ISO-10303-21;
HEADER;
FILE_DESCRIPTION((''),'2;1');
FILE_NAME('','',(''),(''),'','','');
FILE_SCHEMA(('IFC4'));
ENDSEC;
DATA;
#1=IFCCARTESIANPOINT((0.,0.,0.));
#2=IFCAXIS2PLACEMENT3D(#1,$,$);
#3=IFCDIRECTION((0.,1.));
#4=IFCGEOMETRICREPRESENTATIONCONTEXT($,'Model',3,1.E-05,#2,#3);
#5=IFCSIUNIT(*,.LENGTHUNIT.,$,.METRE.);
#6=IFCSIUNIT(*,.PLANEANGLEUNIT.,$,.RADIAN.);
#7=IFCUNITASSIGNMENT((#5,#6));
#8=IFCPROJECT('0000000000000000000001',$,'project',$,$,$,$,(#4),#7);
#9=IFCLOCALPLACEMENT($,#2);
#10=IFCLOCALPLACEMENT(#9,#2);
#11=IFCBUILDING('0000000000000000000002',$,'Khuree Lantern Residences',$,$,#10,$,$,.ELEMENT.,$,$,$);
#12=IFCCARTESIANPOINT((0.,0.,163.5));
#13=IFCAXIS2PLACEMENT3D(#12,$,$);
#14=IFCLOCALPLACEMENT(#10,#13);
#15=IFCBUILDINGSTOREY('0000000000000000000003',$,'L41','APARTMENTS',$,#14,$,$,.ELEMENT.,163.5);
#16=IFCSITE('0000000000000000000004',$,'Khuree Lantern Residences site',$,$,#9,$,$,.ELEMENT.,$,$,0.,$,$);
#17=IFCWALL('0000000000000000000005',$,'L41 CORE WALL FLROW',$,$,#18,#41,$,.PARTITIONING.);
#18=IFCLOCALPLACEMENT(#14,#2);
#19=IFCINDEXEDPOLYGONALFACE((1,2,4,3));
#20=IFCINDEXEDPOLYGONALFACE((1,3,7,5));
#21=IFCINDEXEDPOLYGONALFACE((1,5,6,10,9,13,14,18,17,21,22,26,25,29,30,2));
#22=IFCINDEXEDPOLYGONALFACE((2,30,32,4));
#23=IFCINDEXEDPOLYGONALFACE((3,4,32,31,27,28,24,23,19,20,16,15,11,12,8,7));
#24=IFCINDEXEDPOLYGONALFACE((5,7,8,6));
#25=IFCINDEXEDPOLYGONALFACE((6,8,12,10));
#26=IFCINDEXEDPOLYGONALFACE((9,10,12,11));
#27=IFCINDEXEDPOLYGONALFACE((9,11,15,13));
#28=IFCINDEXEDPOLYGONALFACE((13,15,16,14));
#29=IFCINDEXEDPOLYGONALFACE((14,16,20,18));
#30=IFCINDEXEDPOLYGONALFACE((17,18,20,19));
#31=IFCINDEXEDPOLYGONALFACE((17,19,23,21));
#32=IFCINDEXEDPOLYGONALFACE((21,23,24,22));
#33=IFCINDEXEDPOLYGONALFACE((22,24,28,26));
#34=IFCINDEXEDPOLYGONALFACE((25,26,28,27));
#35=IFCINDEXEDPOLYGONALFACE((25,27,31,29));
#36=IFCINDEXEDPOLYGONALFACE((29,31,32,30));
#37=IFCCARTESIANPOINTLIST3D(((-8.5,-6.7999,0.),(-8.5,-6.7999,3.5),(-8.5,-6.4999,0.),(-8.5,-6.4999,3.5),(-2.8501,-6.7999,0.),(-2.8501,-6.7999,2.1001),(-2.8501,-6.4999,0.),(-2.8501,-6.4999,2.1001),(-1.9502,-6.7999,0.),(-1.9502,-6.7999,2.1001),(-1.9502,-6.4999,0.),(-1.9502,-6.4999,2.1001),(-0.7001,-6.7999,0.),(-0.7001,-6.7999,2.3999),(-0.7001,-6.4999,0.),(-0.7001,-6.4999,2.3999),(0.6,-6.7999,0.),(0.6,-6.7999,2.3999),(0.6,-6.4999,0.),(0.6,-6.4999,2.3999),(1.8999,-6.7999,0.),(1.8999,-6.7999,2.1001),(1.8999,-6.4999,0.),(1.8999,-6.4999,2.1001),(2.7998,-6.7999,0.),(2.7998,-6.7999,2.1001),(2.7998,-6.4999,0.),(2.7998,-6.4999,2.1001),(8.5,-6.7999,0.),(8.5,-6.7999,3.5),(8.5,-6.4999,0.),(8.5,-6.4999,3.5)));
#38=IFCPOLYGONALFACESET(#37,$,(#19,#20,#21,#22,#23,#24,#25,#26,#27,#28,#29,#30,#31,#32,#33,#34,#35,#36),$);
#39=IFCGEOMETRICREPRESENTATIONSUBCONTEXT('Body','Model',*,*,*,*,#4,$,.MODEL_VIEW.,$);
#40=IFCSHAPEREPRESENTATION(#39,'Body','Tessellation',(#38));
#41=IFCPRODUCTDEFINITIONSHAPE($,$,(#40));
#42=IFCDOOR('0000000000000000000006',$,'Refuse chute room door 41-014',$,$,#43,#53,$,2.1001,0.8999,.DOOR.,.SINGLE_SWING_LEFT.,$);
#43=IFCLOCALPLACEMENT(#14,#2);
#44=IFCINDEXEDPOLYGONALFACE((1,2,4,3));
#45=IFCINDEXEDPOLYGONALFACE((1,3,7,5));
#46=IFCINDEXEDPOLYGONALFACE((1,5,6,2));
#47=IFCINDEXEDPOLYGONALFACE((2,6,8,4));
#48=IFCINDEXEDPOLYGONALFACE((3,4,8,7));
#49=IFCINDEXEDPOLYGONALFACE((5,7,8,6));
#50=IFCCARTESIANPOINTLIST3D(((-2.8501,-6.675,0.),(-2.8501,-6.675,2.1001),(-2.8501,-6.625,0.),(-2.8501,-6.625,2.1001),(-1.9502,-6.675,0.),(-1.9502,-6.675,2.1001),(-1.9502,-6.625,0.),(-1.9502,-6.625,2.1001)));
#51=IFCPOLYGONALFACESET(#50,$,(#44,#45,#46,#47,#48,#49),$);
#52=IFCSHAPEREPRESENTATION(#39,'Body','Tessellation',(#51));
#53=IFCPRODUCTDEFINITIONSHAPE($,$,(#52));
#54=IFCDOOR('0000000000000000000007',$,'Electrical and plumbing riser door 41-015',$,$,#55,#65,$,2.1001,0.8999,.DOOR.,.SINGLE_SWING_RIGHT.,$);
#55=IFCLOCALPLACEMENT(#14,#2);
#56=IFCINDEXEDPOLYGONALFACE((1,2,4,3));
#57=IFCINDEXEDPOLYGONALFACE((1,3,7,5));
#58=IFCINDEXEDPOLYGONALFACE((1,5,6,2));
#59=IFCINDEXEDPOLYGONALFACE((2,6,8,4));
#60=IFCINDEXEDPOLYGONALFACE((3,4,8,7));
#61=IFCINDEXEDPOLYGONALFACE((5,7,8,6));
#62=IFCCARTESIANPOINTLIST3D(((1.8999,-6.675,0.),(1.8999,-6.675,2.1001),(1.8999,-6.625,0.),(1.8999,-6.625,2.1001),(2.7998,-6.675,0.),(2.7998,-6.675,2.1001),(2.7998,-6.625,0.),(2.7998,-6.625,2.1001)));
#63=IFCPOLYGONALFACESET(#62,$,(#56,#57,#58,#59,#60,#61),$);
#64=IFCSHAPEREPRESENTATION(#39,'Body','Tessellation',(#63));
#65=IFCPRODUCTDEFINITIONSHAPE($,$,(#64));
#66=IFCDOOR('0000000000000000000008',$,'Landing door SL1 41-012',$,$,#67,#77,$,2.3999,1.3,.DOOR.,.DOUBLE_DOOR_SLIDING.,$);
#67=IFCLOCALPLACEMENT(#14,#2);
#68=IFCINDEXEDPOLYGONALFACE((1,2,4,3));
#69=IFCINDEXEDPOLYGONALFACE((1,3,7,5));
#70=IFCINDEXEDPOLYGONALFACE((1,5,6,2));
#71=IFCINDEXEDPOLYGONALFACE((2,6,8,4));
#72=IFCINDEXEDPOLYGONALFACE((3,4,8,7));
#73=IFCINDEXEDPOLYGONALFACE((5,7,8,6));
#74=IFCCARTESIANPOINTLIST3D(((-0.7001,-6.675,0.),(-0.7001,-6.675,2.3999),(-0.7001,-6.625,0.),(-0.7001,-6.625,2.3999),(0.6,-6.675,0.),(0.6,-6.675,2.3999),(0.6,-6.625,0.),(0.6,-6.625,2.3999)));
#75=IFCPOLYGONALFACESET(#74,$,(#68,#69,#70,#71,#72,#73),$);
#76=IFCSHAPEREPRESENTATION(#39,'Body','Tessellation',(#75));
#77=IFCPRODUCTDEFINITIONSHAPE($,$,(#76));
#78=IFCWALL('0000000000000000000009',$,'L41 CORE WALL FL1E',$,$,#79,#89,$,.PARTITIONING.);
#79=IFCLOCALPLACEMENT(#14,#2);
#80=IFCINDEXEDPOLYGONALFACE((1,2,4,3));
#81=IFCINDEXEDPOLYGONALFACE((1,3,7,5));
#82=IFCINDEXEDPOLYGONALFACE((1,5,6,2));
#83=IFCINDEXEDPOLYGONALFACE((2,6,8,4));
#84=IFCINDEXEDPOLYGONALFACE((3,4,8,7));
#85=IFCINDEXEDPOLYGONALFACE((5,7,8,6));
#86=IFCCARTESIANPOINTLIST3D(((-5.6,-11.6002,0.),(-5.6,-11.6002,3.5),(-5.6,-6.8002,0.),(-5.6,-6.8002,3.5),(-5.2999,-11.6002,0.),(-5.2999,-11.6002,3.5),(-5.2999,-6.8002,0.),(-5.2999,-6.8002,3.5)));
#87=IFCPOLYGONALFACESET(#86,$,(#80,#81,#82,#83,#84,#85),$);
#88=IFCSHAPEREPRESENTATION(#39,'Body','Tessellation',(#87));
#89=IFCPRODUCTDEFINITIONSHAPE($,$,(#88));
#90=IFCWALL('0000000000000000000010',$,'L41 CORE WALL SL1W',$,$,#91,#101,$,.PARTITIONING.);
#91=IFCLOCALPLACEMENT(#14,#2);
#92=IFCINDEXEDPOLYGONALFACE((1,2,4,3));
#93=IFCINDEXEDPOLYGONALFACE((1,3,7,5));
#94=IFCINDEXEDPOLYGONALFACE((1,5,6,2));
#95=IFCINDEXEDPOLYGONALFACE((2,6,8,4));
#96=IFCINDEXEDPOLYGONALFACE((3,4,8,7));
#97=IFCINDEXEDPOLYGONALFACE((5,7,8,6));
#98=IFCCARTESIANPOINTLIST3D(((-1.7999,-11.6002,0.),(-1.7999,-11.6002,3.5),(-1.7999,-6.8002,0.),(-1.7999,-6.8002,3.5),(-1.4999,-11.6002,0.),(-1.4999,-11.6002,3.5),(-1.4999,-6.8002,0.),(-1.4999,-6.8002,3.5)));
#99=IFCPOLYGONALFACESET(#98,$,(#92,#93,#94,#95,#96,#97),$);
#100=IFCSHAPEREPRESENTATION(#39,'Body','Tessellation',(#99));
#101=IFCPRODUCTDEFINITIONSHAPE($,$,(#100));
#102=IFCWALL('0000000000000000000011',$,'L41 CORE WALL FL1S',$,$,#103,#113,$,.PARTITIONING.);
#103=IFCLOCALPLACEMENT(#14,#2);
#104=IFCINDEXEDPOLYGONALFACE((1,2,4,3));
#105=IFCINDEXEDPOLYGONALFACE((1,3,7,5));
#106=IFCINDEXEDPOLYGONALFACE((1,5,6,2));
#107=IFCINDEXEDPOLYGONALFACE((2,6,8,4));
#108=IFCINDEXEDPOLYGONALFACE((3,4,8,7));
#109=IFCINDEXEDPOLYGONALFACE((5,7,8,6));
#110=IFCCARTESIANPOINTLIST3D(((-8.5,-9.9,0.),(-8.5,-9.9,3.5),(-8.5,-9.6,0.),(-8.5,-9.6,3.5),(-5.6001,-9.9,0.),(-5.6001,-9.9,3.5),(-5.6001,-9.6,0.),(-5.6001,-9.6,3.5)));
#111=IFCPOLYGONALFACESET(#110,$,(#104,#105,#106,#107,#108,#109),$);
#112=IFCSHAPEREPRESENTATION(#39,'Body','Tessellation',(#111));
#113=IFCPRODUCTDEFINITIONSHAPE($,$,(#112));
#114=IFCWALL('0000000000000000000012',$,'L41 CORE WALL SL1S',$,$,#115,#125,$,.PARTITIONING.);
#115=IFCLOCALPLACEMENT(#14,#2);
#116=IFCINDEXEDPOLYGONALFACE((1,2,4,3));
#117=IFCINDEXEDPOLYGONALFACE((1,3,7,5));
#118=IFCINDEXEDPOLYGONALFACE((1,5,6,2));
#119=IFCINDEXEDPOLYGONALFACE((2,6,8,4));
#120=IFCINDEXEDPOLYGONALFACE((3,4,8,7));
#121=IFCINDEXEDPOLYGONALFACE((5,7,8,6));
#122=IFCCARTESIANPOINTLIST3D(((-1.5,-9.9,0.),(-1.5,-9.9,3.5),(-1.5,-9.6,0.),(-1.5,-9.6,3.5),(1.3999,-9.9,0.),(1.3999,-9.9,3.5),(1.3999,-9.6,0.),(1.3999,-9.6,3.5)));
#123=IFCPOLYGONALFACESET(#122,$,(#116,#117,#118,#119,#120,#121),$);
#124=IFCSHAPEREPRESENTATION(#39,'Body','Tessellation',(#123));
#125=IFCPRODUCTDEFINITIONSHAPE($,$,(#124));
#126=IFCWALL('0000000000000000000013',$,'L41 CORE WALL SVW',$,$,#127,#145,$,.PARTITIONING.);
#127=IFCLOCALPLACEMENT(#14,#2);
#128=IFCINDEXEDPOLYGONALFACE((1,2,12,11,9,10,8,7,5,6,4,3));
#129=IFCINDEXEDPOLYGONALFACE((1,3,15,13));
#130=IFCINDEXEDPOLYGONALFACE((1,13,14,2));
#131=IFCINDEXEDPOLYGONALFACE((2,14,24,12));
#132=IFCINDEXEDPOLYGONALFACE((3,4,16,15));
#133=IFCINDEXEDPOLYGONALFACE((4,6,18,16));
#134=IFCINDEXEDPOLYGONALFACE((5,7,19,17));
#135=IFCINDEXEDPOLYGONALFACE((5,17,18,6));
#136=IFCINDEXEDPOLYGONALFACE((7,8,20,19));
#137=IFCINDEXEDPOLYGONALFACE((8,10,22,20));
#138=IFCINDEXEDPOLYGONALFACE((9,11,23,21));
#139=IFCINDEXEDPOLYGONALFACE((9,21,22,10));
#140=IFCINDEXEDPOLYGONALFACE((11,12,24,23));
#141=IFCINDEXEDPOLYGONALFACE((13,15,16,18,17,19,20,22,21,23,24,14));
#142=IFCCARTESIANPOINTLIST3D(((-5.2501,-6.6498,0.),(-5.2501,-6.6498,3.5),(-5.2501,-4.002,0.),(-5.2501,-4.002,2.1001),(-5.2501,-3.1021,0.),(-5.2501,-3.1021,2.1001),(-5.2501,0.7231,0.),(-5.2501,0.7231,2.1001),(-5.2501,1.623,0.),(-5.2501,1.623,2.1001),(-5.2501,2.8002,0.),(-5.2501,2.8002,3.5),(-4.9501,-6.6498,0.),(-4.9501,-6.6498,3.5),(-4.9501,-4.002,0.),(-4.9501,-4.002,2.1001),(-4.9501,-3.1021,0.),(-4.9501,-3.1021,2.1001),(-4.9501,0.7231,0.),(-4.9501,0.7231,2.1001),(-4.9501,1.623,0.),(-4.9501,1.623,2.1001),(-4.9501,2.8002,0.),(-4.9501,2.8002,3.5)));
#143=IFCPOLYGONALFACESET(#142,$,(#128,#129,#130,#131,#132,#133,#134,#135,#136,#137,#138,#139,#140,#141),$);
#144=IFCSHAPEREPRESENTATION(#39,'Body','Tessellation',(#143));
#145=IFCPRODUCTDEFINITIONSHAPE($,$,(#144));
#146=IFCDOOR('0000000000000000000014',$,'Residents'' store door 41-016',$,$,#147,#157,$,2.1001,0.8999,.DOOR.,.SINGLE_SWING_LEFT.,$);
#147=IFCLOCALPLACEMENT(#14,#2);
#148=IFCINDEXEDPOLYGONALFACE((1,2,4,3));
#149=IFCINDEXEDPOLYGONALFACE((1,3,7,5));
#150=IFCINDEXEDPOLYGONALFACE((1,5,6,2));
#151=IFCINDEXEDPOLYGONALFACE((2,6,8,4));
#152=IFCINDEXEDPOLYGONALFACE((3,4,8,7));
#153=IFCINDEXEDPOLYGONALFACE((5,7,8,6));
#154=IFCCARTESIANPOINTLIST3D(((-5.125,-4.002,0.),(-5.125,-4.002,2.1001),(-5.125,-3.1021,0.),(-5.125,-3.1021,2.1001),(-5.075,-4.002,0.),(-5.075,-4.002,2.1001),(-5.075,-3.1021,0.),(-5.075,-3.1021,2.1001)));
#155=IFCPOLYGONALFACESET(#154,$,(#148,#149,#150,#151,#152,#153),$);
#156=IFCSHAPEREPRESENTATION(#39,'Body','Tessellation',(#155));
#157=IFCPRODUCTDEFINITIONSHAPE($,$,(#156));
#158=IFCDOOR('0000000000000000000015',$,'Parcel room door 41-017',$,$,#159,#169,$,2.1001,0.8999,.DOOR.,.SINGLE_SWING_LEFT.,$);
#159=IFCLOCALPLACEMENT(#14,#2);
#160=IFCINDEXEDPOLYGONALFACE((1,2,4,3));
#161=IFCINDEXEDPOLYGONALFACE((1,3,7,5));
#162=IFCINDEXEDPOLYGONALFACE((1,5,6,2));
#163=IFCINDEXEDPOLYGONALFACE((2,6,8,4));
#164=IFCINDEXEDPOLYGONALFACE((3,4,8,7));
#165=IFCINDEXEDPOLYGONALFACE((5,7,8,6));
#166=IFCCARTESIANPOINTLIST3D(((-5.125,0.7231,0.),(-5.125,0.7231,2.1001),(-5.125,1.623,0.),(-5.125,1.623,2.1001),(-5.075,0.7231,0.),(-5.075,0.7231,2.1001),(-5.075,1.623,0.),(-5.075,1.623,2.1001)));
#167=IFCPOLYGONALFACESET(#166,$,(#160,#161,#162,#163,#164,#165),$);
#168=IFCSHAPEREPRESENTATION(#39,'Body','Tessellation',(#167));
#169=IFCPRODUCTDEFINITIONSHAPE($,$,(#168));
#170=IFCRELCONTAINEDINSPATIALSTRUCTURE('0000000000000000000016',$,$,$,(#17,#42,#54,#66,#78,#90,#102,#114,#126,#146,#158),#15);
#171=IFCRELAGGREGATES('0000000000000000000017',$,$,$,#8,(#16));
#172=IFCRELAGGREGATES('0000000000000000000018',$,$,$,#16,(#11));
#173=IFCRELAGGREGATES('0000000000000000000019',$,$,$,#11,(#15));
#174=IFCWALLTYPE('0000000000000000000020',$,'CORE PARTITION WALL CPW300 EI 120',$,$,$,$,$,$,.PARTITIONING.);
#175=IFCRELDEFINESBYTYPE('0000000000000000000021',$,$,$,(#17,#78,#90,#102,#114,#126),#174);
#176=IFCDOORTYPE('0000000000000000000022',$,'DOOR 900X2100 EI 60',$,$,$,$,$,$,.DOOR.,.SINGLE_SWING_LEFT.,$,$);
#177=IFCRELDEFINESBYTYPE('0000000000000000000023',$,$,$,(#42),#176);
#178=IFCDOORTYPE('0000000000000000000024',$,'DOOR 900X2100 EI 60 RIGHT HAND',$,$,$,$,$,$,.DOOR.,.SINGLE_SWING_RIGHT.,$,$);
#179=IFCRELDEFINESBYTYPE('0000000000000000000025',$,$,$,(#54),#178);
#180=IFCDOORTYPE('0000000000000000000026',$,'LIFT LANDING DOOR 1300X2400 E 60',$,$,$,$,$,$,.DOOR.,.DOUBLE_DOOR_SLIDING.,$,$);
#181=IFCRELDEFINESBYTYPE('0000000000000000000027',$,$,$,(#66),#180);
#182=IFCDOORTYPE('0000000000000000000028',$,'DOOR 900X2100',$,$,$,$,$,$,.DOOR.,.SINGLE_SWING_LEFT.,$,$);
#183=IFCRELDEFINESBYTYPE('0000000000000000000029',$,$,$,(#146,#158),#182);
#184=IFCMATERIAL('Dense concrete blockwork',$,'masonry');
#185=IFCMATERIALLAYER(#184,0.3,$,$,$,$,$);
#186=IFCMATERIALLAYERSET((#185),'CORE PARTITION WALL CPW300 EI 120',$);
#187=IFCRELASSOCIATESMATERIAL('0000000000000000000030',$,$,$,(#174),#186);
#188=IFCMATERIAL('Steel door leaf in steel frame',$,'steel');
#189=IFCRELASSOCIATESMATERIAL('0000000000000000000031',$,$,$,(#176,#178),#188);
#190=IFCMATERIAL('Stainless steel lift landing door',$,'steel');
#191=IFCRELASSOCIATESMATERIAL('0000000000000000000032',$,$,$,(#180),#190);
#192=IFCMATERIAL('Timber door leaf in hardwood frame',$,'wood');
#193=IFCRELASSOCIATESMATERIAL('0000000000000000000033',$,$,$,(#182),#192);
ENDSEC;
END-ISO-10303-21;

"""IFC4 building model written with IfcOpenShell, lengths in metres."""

from ifc_helpers import new_model, si_unit, direction, frame, frame_2d, origin, place, context, subcontext, project, spatial, rectangle, extrude, material, layer, layer_set, type_object, element, fill, save


model = new_model("IFC4")

# Units and contexts
model_context = context("Model", 3, precision=1e-05, world=origin(), true_north=direction((0.0, 1.0)))
body_context = subcontext(model_context, "Body", "Model", "MODEL_VIEW")
ifc_project = project(units=[si_unit("LENGTHUNIT", "METRE"), si_unit("PLANEANGLEUNIT", "RADIAN")], contexts=[model_context])

# Site, building, storey
site_placement = place(None, origin())
site = spatial("IfcSite", under=ifc_project, at=site_placement, Name="Khuree Lantern Residences site", CompositionType="ELEMENT", RefElevation=0.0)
building_placement = place(site_placement, origin())
building = spatial("IfcBuilding", under=site, at=building_placement, Name="Khuree Lantern Residences", CompositionType="ELEMENT")
storey_placement = place(building_placement, frame((0.0, 0.0, 163.5)))
storey = spatial("IfcBuildingStorey", under=building, at=storey_placement, Name="L41", Description="APARTMENTS", CompositionType="ELEMENT", Elevation=163.5)

# Wall, openings, doors
ifc_material_1 = material(Name="Dense concrete blockwork", Category="masonry")
ifc_layer_1 = layer(ifc_material_1, 0.3)
ifc_layer_set_1 = layer_set([ifc_layer_1], Name="CORE PARTITION WALL CPW300 EI 120")
wall_type_1 = type_object("IfcWallType", Name="CORE PARTITION WALL CPW300 EI 120", PredefinedType="PARTITIONING", material=ifc_layer_set_1)
wall_1_placement = place(storey_placement, frame((-8.5, -6.6499, 0.0), z_axis=(0.0, 0.0, 1.0), x_axis=(1.0, 0.0, 0.0)))
wall_1 = element("IfcWall", 1, at=wall_1_placement, inside=storey, type_object=wall_type_1, Name="L41 CORE WALL FLROW", PredefinedType="PARTITIONING", context=body_context, shape_type="SweptSolid", body=[
    extrude(rectangle(XDim=17.0, YDim=0.3, at=frame_2d((8.5, 0.0))), origin(), (0.0, 0.0, 1.0), 3.5),
])
opening_1_placement = place(wall_1_placement, frame((7.8, 0.0, 0.0)))
opening_1 = element("IfcOpeningElement", 2, at=opening_1_placement, cuts=wall_1, PredefinedType="OPENING", context=body_context, shape_type="SweptSolid", body=[
    extrude(rectangle(XDim=1.3, YDim=2.3999, at=frame_2d((0.6499, 1.2))), frame((0.0, 0.1602, 0.0), z_axis=(0.0, -1.0, 0.0), x_axis=(1.0, 0.0, 0.0)), (0.0, 0.0, 1.0), 0.3201),
])
opening_2_placement = place(wall_1_placement, frame((5.6499, 0.0, 0.0)))
opening_2 = element("IfcOpeningElement", 3, at=opening_2_placement, cuts=wall_1, PredefinedType="OPENING", context=body_context, shape_type="SweptSolid", body=[
    extrude(rectangle(XDim=0.8999, YDim=2.1001, at=frame_2d((0.45, 1.05))), frame((0.0, 0.1602, 0.0), z_axis=(0.0, -1.0, 0.0), x_axis=(1.0, 0.0, 0.0)), (0.0, 0.0, 1.0), 0.3201),
])
opening_3_placement = place(wall_1_placement, frame((10.3999, 0.0, 0.0)))
opening_3 = element("IfcOpeningElement", 4, at=opening_3_placement, cuts=wall_1, PredefinedType="OPENING", context=body_context, shape_type="SweptSolid", body=[
    extrude(rectangle(XDim=0.8999, YDim=2.1001, at=frame_2d((0.45, 1.05))), frame((0.0, 0.1602, 0.0), z_axis=(0.0, -1.0, 0.0), x_axis=(1.0, 0.0, 0.0)), (0.0, 0.0, 1.0), 0.3201),
])
ifc_material_2 = material(Name="Steel door leaf in steel frame", Category="steel")
door_type_1 = type_object("IfcDoorType", Name="DOOR 900X2100 EI 60", OperationType="SINGLE_SWING_LEFT", PredefinedType="DOOR", material=ifc_material_2)
door_1_placement = place(opening_2_placement, origin())
door_1 = element("IfcDoor", 5, at=door_1_placement, inside=storey, type_object=door_type_1, Name="Refuse chute room door 41-014", OperationType="SINGLE_SWING_LEFT", OverallHeight=2.1001, OverallWidth=0.8999, PredefinedType="DOOR", context=body_context, shape_type="SweptSolid", body=[
    extrude(rectangle(XDim=0.8999, YDim=2.1001, at=frame_2d((0.45, 1.05))), frame((0.0, 0.0249, 0.0), z_axis=(0.0, -1.0, 0.0), x_axis=(1.0, 0.0, 0.0)), (0.0, 0.0, 1.0), 0.05),
])
fill(opening_2, door_1)
door_type_2 = type_object("IfcDoorType", Name="DOOR 900X2100 EI 60 RIGHT HAND", OperationType="SINGLE_SWING_RIGHT", PredefinedType="DOOR", material=ifc_material_2)
door_2_placement = place(opening_3_placement, origin())
door_2 = element("IfcDoor", 6, at=door_2_placement, inside=storey, type_object=door_type_2, Name="Electrical and plumbing riser door 41-015", OperationType="SINGLE_SWING_RIGHT", OverallHeight=2.1001, OverallWidth=0.8999, PredefinedType="DOOR", context=body_context, shape_type="SweptSolid", body=[
    extrude(rectangle(XDim=0.8999, YDim=2.1001, at=frame_2d((0.45, 1.05))), frame((0.0, 0.0249, 0.0), z_axis=(0.0, -1.0, 0.0), x_axis=(1.0, 0.0, 0.0)), (0.0, 0.0, 1.0), 0.05),
])
fill(opening_3, door_2)
ifc_material_3 = material(Name="Stainless steel lift landing door", Category="steel")
door_type_3 = type_object("IfcDoorType", Name="LIFT LANDING DOOR 1300X2400 E 60", OperationType="DOUBLE_DOOR_SLIDING", PredefinedType="DOOR", material=ifc_material_3)
door_3_placement = place(opening_1_placement, origin())
door_3 = element("IfcDoor", 7, at=door_3_placement, inside=storey, type_object=door_type_3, Name="Landing door SL1 41-012", OperationType="DOUBLE_DOOR_SLIDING", OverallHeight=2.3999, OverallWidth=1.3, PredefinedType="DOOR", context=body_context, shape_type="SweptSolid", body=[
    extrude(rectangle(XDim=1.3, YDim=2.3999, at=frame_2d((0.6499, 1.2))), frame((0.0, 0.0249, 0.0), z_axis=(0.0, -1.0, 0.0), x_axis=(1.0, 0.0, 0.0)), (0.0, 0.0, 1.0), 0.05),
])
fill(opening_1, door_3)

# Walls
for number, where, z_axis, x_axis, name in (
    (8, (-5.45, -11.6001, 0.0), (0.0, 0.0, 1.0), (0.0, 1.0, 0.0), "L41 CORE WALL FL1E"),
    (9, (-1.6499, -11.6001, 0.0), (0.0, 0.0, 1.0), (0.0, 1.0, 0.0), "L41 CORE WALL SL1W"),
):
    element("IfcWall", number, at=place(storey_placement, frame(where, z_axis=z_axis, x_axis=x_axis)), inside=storey, type_object=wall_type_1, Name=name, PredefinedType="PARTITIONING", context=body_context, shape_type="SweptSolid", body=[
        extrude(rectangle(XDim=4.8, YDim=0.3, at=frame_2d((2.3999, 0.0))), origin(), (0.0, 0.0, 1.0), 3.5),
    ])
for number, where, z_axis, x_axis, name in (
    (10, (-8.5, -9.75, 0.0), (0.0, 0.0, 1.0), (1.0, 0.0, 0.0), "L41 CORE WALL FL1S"),
    (11, (-1.5, -9.75, 0.0), (0.0, 0.0, 1.0), (1.0, 0.0, 0.0), "L41 CORE WALL SL1S"),
):
    element("IfcWall", number, at=place(storey_placement, frame(where, z_axis=z_axis, x_axis=x_axis)), inside=storey, type_object=wall_type_1, Name=name, PredefinedType="PARTITIONING", context=body_context, shape_type="SweptSolid", body=[
        extrude(rectangle(XDim=2.8999, YDim=0.3, at=frame_2d((1.45, 0.0))), origin(), (0.0, 0.0, 1.0), 3.5),
    ])

# Wall, openings, doors
wall_2_placement = place(storey_placement, frame((-5.1001, -6.6499, 0.0), z_axis=(0.0, 0.0, 1.0), x_axis=(0.0, 1.0, 0.0)))
wall_2 = element("IfcWall", 12, at=wall_2_placement, inside=storey, type_object=wall_type_1, Name="L41 CORE WALL SVW", PredefinedType="PARTITIONING", context=body_context, shape_type="SweptSolid", body=[
    extrude(rectangle(XDim=9.45, YDim=0.3, at=frame_2d((4.7251, 0.0))), origin(), (0.0, 0.0, 1.0), 3.5),
])
opening_4_placement = place(wall_2_placement, frame((2.6479, 0.0, 0.0)))
opening_4 = element("IfcOpeningElement", 13, at=opening_4_placement, cuts=wall_2, PredefinedType="OPENING", context=body_context, shape_type="SweptSolid", body=[
    extrude(rectangle(XDim=0.8999, YDim=2.1001, at=frame_2d((0.45, 1.05))), frame((0.0, 0.1602, 0.0), z_axis=(0.0, -1.0, 0.0), x_axis=(1.0, 0.0, 0.0)), (0.0, 0.0, 1.0), 0.3201),
])
opening_5_placement = place(wall_2_placement, frame((7.373, 0.0, 0.0)))
opening_5 = element("IfcOpeningElement", 14, at=opening_5_placement, cuts=wall_2, PredefinedType="OPENING", context=body_context, shape_type="SweptSolid", body=[
    extrude(rectangle(XDim=0.8999, YDim=2.1001, at=frame_2d((0.45, 1.05))), frame((0.0, 0.1602, 0.0), z_axis=(0.0, -1.0, 0.0), x_axis=(1.0, 0.0, 0.0)), (0.0, 0.0, 1.0), 0.3201),
])
ifc_material_4 = material(Name="Timber door leaf in hardwood frame", Category="wood")
door_type_4 = type_object("IfcDoorType", Name="DOOR 900X2100", OperationType="SINGLE_SWING_LEFT", PredefinedType="DOOR", material=ifc_material_4)
door_4_placement = place(opening_4_placement, origin())
door_4 = element("IfcDoor", 15, at=door_4_placement, inside=storey, type_object=door_type_4, Name="Residents' store door 41-016", OperationType="SINGLE_SWING_LEFT", OverallHeight=2.1001, OverallWidth=0.8999, PredefinedType="DOOR", context=body_context, shape_type="SweptSolid", body=[
    extrude(rectangle(XDim=0.8999, YDim=2.1001, at=frame_2d((0.45, 1.05))), frame((0.0, 0.0249, 0.0), z_axis=(0.0, -1.0, 0.0), x_axis=(1.0, 0.0, 0.0)), (0.0, 0.0, 1.0), 0.05),
])
fill(opening_4, door_4)
door_5_placement = place(opening_5_placement, origin())
door_5 = element("IfcDoor", 16, at=door_5_placement, inside=storey, type_object=door_type_4, Name="Parcel room door 41-017", OperationType="SINGLE_SWING_LEFT", OverallHeight=2.1001, OverallWidth=0.8999, PredefinedType="DOOR", context=body_context, shape_type="SweptSolid", body=[
    extrude(rectangle(XDim=0.8999, YDim=2.1001, at=frame_2d((0.45, 1.05))), frame((0.0, 0.0249, 0.0), z_axis=(0.0, -1.0, 0.0), x_axis=(1.0, 0.0, 0.0)), (0.0, 0.0, 1.0), 0.05),
])
fill(opening_5, door_5)

save(model, "model.ifc")
